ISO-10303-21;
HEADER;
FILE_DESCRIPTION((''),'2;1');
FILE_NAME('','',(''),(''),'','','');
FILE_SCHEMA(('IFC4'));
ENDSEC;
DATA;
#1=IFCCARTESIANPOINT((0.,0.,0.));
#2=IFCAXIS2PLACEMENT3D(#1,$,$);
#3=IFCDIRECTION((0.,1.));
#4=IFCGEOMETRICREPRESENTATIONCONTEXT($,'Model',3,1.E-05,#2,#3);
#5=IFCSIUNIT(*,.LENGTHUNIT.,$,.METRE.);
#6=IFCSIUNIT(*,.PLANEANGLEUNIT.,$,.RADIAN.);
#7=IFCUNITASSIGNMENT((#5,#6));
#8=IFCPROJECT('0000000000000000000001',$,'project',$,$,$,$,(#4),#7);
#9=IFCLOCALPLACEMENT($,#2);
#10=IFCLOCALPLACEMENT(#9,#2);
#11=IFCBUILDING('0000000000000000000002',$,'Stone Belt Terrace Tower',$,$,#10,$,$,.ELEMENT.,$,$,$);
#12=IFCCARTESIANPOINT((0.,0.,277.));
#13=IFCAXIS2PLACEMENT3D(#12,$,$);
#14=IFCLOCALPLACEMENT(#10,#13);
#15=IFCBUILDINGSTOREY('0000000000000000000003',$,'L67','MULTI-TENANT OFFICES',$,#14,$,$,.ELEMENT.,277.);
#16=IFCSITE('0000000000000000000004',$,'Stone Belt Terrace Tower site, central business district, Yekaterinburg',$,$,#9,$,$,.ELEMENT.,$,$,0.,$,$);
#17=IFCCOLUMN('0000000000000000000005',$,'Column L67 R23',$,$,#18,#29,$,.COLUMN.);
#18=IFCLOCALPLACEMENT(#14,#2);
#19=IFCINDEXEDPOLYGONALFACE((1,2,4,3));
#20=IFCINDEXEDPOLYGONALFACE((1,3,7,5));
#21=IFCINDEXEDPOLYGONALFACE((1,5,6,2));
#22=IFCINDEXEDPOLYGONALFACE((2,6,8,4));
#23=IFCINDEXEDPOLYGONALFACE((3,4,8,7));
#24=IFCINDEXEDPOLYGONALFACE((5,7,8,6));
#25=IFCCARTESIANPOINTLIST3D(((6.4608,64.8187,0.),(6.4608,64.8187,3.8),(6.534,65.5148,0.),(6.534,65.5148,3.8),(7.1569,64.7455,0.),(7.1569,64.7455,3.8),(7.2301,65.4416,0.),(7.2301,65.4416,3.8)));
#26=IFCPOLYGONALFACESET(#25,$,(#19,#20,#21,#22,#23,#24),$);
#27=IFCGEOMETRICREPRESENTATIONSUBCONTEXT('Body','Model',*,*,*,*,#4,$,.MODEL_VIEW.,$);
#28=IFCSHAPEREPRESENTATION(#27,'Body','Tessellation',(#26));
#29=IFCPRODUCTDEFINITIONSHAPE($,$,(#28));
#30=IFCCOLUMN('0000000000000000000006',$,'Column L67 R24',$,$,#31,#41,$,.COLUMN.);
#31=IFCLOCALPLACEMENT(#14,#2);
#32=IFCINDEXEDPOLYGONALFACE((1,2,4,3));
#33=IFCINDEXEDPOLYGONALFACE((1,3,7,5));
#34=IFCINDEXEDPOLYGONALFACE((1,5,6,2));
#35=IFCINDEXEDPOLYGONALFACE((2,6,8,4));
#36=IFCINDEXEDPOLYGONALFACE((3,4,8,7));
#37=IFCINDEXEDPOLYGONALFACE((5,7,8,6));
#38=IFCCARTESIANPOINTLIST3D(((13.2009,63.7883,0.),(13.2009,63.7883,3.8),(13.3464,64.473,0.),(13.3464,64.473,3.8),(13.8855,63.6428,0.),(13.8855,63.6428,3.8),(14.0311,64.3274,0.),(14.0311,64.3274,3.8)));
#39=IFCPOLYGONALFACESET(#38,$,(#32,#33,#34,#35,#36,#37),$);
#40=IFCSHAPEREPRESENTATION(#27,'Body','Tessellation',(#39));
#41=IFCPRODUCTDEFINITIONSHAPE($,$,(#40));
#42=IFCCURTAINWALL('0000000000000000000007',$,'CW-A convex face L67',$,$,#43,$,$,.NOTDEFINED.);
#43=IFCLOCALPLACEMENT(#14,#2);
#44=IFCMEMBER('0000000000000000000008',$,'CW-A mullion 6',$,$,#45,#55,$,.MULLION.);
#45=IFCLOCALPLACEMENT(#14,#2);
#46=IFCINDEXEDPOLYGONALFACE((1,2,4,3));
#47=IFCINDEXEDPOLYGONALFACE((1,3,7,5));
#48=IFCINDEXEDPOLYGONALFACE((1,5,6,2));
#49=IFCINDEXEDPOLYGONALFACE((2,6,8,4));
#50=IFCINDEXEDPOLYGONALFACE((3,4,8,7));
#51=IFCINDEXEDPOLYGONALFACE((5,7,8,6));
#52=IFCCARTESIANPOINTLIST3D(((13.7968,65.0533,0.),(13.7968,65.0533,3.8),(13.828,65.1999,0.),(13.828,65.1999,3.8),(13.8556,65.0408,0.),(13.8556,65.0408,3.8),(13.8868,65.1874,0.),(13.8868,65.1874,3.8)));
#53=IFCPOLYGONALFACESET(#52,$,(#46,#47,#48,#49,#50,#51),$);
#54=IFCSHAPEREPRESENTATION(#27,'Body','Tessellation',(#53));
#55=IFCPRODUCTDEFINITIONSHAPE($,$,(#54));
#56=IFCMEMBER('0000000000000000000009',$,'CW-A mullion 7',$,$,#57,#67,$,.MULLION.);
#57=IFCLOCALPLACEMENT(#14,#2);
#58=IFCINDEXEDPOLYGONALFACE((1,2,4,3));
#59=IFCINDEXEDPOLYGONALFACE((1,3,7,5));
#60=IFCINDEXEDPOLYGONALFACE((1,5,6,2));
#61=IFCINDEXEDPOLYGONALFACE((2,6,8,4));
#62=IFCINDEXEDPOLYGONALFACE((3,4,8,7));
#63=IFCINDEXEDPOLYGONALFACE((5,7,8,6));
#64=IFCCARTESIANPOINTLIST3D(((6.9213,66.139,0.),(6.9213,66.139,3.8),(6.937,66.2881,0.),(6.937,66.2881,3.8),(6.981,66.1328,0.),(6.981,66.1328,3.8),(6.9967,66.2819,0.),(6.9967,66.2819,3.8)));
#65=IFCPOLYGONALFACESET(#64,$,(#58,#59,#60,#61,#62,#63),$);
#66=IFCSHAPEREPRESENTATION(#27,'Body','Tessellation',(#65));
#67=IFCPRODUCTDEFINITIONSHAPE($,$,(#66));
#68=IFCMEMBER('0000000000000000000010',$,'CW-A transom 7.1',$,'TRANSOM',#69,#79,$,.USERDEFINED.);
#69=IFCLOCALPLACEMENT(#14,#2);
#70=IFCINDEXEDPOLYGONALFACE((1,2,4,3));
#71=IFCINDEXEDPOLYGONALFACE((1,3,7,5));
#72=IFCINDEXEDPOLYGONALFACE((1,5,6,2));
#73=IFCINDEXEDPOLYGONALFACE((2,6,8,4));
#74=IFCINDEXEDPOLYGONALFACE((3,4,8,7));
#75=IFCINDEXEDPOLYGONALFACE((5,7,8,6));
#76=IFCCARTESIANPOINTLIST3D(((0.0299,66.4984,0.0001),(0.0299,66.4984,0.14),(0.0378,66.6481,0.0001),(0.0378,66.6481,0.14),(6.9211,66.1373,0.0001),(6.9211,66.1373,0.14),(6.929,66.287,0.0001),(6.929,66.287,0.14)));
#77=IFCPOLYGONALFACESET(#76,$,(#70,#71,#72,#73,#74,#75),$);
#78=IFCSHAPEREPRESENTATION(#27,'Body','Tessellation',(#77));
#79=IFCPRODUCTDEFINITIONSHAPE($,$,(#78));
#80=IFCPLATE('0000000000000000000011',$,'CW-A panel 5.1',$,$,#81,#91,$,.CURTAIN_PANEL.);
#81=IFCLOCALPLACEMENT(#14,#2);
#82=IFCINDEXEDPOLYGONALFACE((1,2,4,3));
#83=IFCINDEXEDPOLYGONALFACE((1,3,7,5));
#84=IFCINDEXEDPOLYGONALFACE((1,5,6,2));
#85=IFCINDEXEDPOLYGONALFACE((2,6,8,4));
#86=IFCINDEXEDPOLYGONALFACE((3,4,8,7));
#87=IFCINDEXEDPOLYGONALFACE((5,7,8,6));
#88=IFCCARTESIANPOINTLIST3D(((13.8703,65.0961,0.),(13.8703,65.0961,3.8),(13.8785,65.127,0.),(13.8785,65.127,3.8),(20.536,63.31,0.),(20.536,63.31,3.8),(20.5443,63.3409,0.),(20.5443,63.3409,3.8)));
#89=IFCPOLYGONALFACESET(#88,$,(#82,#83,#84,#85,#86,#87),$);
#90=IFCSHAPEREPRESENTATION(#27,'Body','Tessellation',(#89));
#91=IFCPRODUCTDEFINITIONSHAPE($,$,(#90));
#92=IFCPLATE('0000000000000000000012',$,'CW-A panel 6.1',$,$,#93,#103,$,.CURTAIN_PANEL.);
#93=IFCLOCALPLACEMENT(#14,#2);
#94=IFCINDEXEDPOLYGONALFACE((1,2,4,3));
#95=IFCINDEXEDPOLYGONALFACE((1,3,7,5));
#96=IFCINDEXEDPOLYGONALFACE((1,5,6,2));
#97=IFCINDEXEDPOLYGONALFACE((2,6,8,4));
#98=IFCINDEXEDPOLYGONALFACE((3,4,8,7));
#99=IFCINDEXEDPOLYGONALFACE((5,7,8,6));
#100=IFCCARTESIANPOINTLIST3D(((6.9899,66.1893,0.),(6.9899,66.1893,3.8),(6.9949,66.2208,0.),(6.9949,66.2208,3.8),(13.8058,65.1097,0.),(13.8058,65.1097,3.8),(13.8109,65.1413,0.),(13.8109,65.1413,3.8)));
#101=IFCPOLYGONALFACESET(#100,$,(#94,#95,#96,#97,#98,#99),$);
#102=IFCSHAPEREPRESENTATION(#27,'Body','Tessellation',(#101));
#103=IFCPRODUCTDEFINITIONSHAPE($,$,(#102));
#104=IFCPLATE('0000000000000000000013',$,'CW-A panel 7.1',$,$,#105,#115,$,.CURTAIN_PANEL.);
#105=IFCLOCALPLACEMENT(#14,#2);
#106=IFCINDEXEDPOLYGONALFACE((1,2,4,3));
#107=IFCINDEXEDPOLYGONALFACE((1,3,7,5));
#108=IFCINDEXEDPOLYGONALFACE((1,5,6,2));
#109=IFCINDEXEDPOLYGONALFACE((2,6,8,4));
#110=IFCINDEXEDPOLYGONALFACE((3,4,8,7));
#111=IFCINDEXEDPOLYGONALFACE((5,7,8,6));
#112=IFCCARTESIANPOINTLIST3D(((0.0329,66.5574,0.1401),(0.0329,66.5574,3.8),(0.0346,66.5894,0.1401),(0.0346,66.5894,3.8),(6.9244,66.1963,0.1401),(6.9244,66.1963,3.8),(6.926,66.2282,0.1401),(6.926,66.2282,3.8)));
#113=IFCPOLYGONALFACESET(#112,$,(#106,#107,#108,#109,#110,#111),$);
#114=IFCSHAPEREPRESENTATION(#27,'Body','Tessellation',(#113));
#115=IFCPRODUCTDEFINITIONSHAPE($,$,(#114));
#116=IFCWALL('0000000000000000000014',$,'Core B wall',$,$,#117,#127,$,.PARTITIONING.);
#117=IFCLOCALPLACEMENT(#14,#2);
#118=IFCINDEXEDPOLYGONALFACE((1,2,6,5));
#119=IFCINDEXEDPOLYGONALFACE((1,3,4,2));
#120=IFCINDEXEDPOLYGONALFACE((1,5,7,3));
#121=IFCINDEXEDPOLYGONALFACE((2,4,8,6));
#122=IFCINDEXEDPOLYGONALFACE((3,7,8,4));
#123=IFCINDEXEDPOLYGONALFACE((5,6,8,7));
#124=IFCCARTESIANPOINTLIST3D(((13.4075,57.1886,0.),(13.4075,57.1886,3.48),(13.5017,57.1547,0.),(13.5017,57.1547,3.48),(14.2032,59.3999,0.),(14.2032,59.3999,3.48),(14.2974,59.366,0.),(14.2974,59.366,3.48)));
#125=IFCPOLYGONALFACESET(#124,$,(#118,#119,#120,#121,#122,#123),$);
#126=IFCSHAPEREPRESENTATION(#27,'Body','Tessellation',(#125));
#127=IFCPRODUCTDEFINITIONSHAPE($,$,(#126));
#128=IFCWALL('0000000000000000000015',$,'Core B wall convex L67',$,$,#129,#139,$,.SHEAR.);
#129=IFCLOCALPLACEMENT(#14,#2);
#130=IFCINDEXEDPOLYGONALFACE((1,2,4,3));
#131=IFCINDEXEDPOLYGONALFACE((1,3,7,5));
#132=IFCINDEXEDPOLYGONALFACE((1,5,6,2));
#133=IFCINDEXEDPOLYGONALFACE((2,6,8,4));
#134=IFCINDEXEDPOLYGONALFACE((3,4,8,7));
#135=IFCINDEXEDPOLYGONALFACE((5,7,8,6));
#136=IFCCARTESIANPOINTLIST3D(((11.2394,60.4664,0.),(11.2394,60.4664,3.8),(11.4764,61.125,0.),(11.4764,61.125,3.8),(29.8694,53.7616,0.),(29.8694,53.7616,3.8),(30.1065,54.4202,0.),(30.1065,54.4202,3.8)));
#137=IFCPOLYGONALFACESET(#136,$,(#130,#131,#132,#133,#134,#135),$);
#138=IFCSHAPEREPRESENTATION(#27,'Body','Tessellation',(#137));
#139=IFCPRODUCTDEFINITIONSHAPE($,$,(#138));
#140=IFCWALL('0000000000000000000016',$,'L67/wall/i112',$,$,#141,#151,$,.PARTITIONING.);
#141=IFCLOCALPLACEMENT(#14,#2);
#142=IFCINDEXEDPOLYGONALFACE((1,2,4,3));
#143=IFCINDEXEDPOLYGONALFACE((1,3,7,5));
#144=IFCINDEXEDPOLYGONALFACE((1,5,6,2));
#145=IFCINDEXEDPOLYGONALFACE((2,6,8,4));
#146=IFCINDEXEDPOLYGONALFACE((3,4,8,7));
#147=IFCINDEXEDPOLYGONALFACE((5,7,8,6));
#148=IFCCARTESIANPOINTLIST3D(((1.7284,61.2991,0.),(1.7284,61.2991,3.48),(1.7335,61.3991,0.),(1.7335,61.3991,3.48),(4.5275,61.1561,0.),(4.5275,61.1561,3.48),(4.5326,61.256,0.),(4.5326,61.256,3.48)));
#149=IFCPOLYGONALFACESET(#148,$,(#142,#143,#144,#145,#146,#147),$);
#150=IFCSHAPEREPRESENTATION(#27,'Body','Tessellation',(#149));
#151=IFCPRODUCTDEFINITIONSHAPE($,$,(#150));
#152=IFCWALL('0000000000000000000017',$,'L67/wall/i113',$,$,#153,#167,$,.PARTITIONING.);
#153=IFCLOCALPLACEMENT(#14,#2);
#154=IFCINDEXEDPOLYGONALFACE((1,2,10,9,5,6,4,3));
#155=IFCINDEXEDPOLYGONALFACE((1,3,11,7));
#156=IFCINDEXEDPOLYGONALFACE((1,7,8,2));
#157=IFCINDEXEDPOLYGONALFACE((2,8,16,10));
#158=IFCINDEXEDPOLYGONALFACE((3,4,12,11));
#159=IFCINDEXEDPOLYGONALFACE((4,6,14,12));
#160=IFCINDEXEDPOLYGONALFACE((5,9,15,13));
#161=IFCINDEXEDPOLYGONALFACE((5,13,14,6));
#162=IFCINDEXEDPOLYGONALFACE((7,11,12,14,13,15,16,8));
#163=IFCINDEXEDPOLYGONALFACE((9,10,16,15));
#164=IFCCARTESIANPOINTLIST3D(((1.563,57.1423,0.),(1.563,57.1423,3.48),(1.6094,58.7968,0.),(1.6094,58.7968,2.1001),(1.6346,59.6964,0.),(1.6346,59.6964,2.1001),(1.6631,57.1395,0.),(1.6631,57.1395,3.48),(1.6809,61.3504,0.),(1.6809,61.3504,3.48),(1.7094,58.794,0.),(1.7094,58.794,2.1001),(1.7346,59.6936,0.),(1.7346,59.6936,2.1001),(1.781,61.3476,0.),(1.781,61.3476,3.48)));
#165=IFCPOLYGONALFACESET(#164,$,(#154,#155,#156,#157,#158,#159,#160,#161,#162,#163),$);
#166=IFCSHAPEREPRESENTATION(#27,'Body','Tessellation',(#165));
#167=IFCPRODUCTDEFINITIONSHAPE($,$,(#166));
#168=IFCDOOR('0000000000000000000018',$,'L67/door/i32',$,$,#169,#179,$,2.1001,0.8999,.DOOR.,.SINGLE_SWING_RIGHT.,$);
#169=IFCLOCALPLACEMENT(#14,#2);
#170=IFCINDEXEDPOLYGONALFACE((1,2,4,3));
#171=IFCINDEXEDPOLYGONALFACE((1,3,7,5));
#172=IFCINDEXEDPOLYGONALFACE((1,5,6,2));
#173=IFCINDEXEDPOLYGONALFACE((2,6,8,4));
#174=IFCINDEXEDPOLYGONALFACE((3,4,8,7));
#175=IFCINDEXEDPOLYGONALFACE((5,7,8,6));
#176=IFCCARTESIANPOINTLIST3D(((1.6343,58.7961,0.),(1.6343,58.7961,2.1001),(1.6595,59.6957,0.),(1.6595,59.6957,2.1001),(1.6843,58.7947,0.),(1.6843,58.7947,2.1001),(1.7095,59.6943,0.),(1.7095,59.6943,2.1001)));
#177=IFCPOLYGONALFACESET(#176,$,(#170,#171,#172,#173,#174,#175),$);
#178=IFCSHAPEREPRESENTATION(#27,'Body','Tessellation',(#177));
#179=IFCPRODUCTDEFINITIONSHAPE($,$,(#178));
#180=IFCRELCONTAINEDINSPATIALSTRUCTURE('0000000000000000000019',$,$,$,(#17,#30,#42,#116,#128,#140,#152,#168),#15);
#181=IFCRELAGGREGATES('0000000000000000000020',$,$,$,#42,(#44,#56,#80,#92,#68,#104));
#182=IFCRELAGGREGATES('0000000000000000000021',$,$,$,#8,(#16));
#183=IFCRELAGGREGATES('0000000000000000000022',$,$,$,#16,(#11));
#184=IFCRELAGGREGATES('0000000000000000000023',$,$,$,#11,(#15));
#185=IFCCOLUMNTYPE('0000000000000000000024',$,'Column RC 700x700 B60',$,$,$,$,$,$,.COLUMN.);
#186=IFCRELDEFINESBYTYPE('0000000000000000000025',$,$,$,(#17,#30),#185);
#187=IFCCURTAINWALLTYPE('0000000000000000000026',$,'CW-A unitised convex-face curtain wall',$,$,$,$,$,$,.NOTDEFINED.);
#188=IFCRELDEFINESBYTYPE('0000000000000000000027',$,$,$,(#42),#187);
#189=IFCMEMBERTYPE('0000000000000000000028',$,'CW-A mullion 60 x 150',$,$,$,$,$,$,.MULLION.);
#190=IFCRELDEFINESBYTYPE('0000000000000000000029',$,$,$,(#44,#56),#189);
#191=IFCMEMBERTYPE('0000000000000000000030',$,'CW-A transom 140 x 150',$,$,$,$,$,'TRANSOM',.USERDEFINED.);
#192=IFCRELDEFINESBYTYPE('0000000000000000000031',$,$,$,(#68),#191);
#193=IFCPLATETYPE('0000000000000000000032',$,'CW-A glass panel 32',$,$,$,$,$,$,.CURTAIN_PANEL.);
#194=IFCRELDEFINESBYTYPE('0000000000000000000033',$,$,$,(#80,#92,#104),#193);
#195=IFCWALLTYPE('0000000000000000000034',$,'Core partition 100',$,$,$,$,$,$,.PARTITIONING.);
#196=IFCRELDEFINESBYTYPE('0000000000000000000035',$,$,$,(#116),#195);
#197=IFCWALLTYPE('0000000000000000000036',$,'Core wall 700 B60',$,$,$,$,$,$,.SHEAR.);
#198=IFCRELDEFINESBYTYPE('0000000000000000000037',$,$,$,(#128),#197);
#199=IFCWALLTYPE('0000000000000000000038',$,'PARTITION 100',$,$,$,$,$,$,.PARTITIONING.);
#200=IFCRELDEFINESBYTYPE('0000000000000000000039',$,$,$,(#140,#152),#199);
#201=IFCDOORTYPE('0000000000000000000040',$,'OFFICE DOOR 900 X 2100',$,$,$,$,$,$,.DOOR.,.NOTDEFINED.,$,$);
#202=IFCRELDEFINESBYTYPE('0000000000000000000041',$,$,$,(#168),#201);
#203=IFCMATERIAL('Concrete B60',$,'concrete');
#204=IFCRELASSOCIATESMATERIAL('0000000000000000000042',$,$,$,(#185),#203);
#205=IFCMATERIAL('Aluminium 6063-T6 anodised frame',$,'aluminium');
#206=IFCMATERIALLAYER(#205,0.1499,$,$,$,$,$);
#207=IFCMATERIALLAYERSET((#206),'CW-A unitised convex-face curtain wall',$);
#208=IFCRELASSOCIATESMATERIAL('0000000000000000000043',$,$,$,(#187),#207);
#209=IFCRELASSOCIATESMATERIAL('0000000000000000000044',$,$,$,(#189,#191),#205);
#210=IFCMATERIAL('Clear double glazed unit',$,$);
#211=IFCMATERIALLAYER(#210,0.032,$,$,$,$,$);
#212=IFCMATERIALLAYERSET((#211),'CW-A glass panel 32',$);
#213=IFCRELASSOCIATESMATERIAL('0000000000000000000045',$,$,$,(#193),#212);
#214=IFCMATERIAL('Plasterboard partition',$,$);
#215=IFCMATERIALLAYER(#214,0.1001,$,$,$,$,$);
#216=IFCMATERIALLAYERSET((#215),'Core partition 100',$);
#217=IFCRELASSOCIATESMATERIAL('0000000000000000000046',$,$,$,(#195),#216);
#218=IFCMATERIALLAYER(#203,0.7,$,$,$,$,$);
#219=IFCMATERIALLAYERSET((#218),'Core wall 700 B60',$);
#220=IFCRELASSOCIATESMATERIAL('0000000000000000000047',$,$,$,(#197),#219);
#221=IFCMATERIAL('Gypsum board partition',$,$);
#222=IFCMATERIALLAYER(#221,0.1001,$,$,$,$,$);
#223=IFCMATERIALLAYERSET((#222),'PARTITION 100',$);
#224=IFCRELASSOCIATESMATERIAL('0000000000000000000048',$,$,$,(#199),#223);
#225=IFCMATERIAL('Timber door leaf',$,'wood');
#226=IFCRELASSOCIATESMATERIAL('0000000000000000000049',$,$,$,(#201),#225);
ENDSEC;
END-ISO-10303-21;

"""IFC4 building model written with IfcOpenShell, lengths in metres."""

from ifc_helpers import new_model, si_unit, direction, frame, frame_2d, origin, origin_2d, place, context, subcontext, project, spatial, rectangle, extrude, material, layer, layer_set, material_profile, profile_set, type_object, element, fill, aggregate, save


model = new_model("IFC4")

# Units and contexts
model_context = context("Model", 3, precision=1e-05, world=origin(), true_north=direction((0.0, 1.0)))
body_context = subcontext(model_context, "Body", "Model", "MODEL_VIEW")
ifc_project = project(units=[si_unit("LENGTHUNIT", "METRE"), si_unit("PLANEANGLEUNIT", "RADIAN")], contexts=[model_context])

# Site, building, storey
site_placement = place(None, origin())
site = spatial("IfcSite", under=ifc_project, at=site_placement, Name="Stone Belt Terrace Tower site, central business district, Yekaterinburg", CompositionType="ELEMENT", RefElevation=0.0)
building_placement = place(site_placement, origin())
building = spatial("IfcBuilding", under=site, at=building_placement, Name="Stone Belt Terrace Tower", CompositionType="ELEMENT")
storey_placement = place(building_placement, frame((0.0, 0.0, 277.0)))
storey = spatial("IfcBuildingStorey", under=building, at=storey_placement, Name="L67", Description="MULTI-TENANT OFFICES", CompositionType="ELEMENT", Elevation=277.0)

# Columns
ifc_material_1 = material(Name="Concrete B60", Category="concrete")
ifc_material_profile_1 = material_profile(ifc_material_1, rectangle(XDim=0.7, YDim=0.7, at=origin_2d()), Name="RC 700x700")
ifc_profile_set_1 = profile_set([ifc_material_profile_1], Name="Concrete B60")
column_type = type_object("IfcColumnType", Name="Column RC 700x700 B60", PredefinedType="COLUMN", material=ifc_profile_set_1)
for number, where, z_axis, x_axis, name in (
    (1, (6.8455, 65.1301, 0.0), (0.0, 0.0, 1.0), (0.994522, -0.104528, 0.0), "Column L67 R23"),
    (2, (13.616, 64.0579, 0.0), (0.0, 0.0, 1.0), (0.978148, -0.207912, 0.0), "Column L67 R24"),
):
    element("IfcColumn", number, at=place(storey_placement, frame(where, z_axis=z_axis, x_axis=x_axis)), inside=storey, type_object=column_type, Name=name, PredefinedType="COLUMN", context=body_context, shape_type="SweptSolid", body=[
        extrude(rectangle(XDim=0.7, YDim=0.7, at=origin_2d()), origin(), (0.0, 0.0, 1.0), 3.8),
    ])

# Curtain wall, members, plates
ifc_material_2 = material(Name="Aluminium 6063-T6 anodised frame", Category="aluminium")
ifc_layer_1 = layer(ifc_material_2, 0.1499)
ifc_layer_set_1 = layer_set([ifc_layer_1], Name="CW-A unitised convex-face curtain wall")
curtain_wall_type = type_object("IfcCurtainWallType", Name="CW-A unitised convex-face curtain wall", PredefinedType="NOTDEFINED", material=ifc_layer_set_1)
curtain_wall_placement = place(storey_placement, origin())
curtain_wall = element("IfcCurtainWall", 3, at=curtain_wall_placement, inside=storey, type_object=curtain_wall_type, Name="CW-A convex face L67", PredefinedType="NOTDEFINED")
ifc_material_profile_2 = material_profile(ifc_material_2, rectangle(XDim=0.1499, YDim=0.0601, at=origin_2d()), Name="Aluminium 6063-T6 60x150")
ifc_profile_set_2 = profile_set([ifc_material_profile_2], Name="Aluminium 6063-T6 anodised frame")
member_type_1 = type_object("IfcMemberType", Name="CW-A mullion 60 x 150", PredefinedType="MULLION", material=ifc_profile_set_2)
member_1_placement = place(storey_placement, frame((13.8418, 65.1204, 0.0), z_axis=(0.0, 0.0, 1.0), x_axis=(-0.207912, -0.978148, 0.0)))
member_1 = element("IfcMember", 4, at=member_1_placement, type_object=member_type_1, Name="CW-A mullion 6", PredefinedType="MULLION", context=body_context, shape_type="SweptSolid", body=[
    extrude(rectangle(XDim=0.1499, YDim=0.0601, at=origin_2d()), origin(), (0.0, 0.0, 1.0), 3.8),
])
member_2_placement = place(storey_placement, frame((6.959, 66.2104, 0.0), z_axis=(0.0, 0.0, 1.0), x_axis=(-0.104528, -0.994522, 0.0)))
member_2 = element("IfcMember", 5, at=member_2_placement, type_object=member_type_1, Name="CW-A mullion 7", PredefinedType="MULLION", context=body_context, shape_type="SweptSolid", body=[
    extrude(rectangle(XDim=0.1499, YDim=0.0601, at=origin_2d()), origin(), (0.0, 0.0, 1.0), 3.8),
])
ifc_material_profile_3 = material_profile(ifc_material_2, rectangle(XDim=0.1499, YDim=0.1399, at=origin_2d()), Name="Aluminium 6063-T6 150x140")
ifc_profile_set_3 = profile_set([ifc_material_profile_3], Name="Aluminium 6063-T6 anodised frame")
member_type_2 = type_object("IfcMemberType", Name="CW-A transom 140 x 150", ElementType="TRANSOM", PredefinedType="USERDEFINED", material=ifc_profile_set_3)
member_3_placement = place(storey_placement, frame((6.925, 66.2122, 0.0701), z_axis=(-0.99863, 0.052327, 0.0), x_axis=(-0.052327, -0.99863, 0.0)))
member_3 = element("IfcMember", 6, at=member_3_placement, type_object=member_type_2, Name="CW-A transom 7.1", ObjectType="TRANSOM", PredefinedType="USERDEFINED", context=body_context, shape_type="SweptSolid", body=[
    extrude(rectangle(XDim=0.1499, YDim=0.1399, at=origin_2d()), origin(), (0.0, 0.0, 1.0), 6.9006),
])
ifc_material_3 = material(Name="Clear double glazed unit")
ifc_layer_2 = layer(ifc_material_3, 0.032)
ifc_layer_set_2 = layer_set([ifc_layer_2], Name="CW-A glass panel 32")
plate_type = type_object("IfcPlateType", Name="CW-A glass panel 32", PredefinedType="CURTAIN_PANEL", material=ifc_layer_set_2)
plate_1_placement = place(storey_placement, frame((17.2073, 64.2185, 0.0), z_axis=(0.0, 0.0, 1.0), x_axis=(-0.965926, 0.258819, 0.0)))
plate_1 = element("IfcPlate", 7, at=plate_1_placement, type_object=plate_type, Name="CW-A panel 5.1", PredefinedType="CURTAIN_PANEL", context=body_context, shape_type="SweptSolid", body=[
    extrude(rectangle(XDim=6.9009, YDim=0.032, at=origin_2d()), origin(), (0.0, 0.0, 1.0), 3.8),
])
plate_2_placement = place(storey_placement, frame((10.4004, 65.6653, 0.0), z_axis=(0.0, 0.0, 1.0), x_axis=(-0.987688, 0.156434, 0.0)))
plate_2 = element("IfcPlate", 8, at=plate_2_placement, type_object=plate_type, Name="CW-A panel 6.1", PredefinedType="CURTAIN_PANEL", context=body_context, shape_type="SweptSolid", body=[
    extrude(rectangle(XDim=6.9009, YDim=0.032, at=origin_2d()), origin(), (0.0, 0.0, 1.0), 3.8),
])
plate_3_placement = place(storey_placement, frame((3.4795, 66.3928, 0.1401), z_axis=(0.0, 0.0, 1.0), x_axis=(-0.99863, 0.052336, 0.0)))
plate_3 = element("IfcPlate", 9, at=plate_3_placement, type_object=plate_type, Name="CW-A panel 7.1", PredefinedType="CURTAIN_PANEL", context=body_context, shape_type="SweptSolid", body=[
    extrude(rectangle(XDim=6.9009, YDim=0.032, at=origin_2d()), origin(), (0.0, 0.0, 1.0), 3.6599),
])
aggregate(curtain_wall, [member_1, member_2, plate_1, plate_2, member_3, plate_3])

# Walls
ifc_material_4 = material(Name="Plasterboard partition")
ifc_layer_3 = layer(ifc_material_4, 0.1001)
ifc_layer_set_3 = layer_set([ifc_layer_3], Name="Core partition 100")
wall_type_1 = type_object("IfcWallType", Name="Core partition 100", PredefinedType="PARTITIONING", material=ifc_layer_set_3)
wall_1_placement = place(storey_placement, frame((13.4546, 57.1716, 0.0), z_axis=(0.0, 0.0, 1.0), x_axis=(0.33858, 0.940938, 0.0)))
element("IfcWall", 10, at=wall_1_placement, inside=storey, type_object=wall_type_1, Name="Core B wall", PredefinedType="PARTITIONING", context=body_context, shape_type="SweptSolid", body=[
    extrude(rectangle(XDim=2.3501, YDim=0.1001, at=frame_2d((1.175, 0.0))), origin(), (0.0, 0.0, 1.0), 3.48),
])
ifc_layer_4 = layer(ifc_material_1, 0.7)
ifc_layer_set_4 = layer_set([ifc_layer_4], Name="Core wall 700 B60")
wall_type_2 = type_object("IfcWallType", Name="Core wall 700 B60", PredefinedType="SHEAR", material=ifc_layer_set_4)
wall_2_placement = place(storey_placement, frame((11.3579, 60.7957, 0.0), z_axis=(0.0, 0.0, 1.0), x_axis=(0.94092, -0.33863, 0.0)))
element("IfcWall", 11, at=wall_2_placement, inside=storey, type_object=wall_type_2, Name="Core B wall convex L67", PredefinedType="SHEAR", context=body_context, shape_type="SweptSolid", body=[
    extrude(rectangle(XDim=19.7998, YDim=0.7, at=frame_2d((9.8999, 0.0))), origin(), (0.0, 0.0, 1.0), 3.8),
])
ifc_material_5 = material(Name="Gypsum board partition")
ifc_layer_5 = layer(ifc_material_5, 0.1001)
ifc_layer_set_5 = layer_set([ifc_layer_5], Name="PARTITION 100")
wall_type_3 = type_object("IfcWallType", Name="PARTITION 100", PredefinedType="PARTITIONING", material=ifc_layer_set_5)
wall_3_placement = place(storey_placement, frame((4.53, 61.2061, 0.0), z_axis=(0.0, 0.0, 1.0), x_axis=(-0.998696, 0.051045, 0.0)))
element("IfcWall", 12, at=wall_3_placement, inside=storey, type_object=wall_type_3, Name="L67/wall/i112", PredefinedType="PARTITIONING", context=body_context, shape_type="SweptSolid", body=[
    extrude(rectangle(XDim=2.8027, YDim=0.1001, at=frame_2d((1.4014, 0.0))), origin(), (0.0, 0.0, 1.0), 3.48),
])

# Wall, opening, door
wall_4_placement = place(storey_placement, frame((1.731, 61.3491, 0.0), z_axis=(0.0, 0.0, 1.0), x_axis=(-0.028012, -0.999608, 0.0)))
wall_4 = element("IfcWall", 13, at=wall_4_placement, inside=storey, type_object=wall_type_3, Name="L67/wall/i113", PredefinedType="PARTITIONING", context=body_context, shape_type="SweptSolid", body=[
    extrude(rectangle(XDim=4.2097, YDim=0.1001, at=frame_2d((2.105, 0.0))), origin(), (0.0, 0.0, 1.0), 3.48),
])
opening_1_placement = place(wall_4_placement, frame((1.6548, 0.0, 0.0)))
opening_1 = element("IfcOpeningElement", 14, at=opening_1_placement, cuts=wall_4, PredefinedType="OPENING", context=body_context, shape_type="SweptSolid", body=[
    extrude(rectangle(XDim=0.8999, YDim=2.1001, at=frame_2d((0.45, 1.05))), frame((0.0, 0.0601, 0.0), z_axis=(0.0, -1.0, 0.0), x_axis=(1.0, 0.0, 0.0)), (0.0, 0.0, 1.0), 0.1201),
])
ifc_material_6 = material(Name="Timber door leaf", Category="wood")
door_type = type_object("IfcDoorType", Name="OFFICE DOOR 900 X 2100", OperationType="NOTDEFINED", PredefinedType="DOOR", material=ifc_material_6)
door_1_placement = place(opening_1_placement, origin())
door_1 = element("IfcDoor", 15, at=door_1_placement, inside=storey, type_object=door_type, Name="L67/door/i32", OperationType="SINGLE_SWING_RIGHT", OverallHeight=2.1001, OverallWidth=0.8999, PredefinedType="DOOR", context=body_context, shape_type="SweptSolid", body=[
    extrude(rectangle(XDim=0.8999, YDim=2.1001, at=frame_2d((0.45, 1.05))), frame((0.0, 0.0249, 0.0), z_axis=(0.0, -1.0, 0.0), x_axis=(1.0, 0.0, 0.0)), (0.0, 0.0, 1.0), 0.05),
])
fill(opening_1, door_1)

save(model, "model.ifc")
